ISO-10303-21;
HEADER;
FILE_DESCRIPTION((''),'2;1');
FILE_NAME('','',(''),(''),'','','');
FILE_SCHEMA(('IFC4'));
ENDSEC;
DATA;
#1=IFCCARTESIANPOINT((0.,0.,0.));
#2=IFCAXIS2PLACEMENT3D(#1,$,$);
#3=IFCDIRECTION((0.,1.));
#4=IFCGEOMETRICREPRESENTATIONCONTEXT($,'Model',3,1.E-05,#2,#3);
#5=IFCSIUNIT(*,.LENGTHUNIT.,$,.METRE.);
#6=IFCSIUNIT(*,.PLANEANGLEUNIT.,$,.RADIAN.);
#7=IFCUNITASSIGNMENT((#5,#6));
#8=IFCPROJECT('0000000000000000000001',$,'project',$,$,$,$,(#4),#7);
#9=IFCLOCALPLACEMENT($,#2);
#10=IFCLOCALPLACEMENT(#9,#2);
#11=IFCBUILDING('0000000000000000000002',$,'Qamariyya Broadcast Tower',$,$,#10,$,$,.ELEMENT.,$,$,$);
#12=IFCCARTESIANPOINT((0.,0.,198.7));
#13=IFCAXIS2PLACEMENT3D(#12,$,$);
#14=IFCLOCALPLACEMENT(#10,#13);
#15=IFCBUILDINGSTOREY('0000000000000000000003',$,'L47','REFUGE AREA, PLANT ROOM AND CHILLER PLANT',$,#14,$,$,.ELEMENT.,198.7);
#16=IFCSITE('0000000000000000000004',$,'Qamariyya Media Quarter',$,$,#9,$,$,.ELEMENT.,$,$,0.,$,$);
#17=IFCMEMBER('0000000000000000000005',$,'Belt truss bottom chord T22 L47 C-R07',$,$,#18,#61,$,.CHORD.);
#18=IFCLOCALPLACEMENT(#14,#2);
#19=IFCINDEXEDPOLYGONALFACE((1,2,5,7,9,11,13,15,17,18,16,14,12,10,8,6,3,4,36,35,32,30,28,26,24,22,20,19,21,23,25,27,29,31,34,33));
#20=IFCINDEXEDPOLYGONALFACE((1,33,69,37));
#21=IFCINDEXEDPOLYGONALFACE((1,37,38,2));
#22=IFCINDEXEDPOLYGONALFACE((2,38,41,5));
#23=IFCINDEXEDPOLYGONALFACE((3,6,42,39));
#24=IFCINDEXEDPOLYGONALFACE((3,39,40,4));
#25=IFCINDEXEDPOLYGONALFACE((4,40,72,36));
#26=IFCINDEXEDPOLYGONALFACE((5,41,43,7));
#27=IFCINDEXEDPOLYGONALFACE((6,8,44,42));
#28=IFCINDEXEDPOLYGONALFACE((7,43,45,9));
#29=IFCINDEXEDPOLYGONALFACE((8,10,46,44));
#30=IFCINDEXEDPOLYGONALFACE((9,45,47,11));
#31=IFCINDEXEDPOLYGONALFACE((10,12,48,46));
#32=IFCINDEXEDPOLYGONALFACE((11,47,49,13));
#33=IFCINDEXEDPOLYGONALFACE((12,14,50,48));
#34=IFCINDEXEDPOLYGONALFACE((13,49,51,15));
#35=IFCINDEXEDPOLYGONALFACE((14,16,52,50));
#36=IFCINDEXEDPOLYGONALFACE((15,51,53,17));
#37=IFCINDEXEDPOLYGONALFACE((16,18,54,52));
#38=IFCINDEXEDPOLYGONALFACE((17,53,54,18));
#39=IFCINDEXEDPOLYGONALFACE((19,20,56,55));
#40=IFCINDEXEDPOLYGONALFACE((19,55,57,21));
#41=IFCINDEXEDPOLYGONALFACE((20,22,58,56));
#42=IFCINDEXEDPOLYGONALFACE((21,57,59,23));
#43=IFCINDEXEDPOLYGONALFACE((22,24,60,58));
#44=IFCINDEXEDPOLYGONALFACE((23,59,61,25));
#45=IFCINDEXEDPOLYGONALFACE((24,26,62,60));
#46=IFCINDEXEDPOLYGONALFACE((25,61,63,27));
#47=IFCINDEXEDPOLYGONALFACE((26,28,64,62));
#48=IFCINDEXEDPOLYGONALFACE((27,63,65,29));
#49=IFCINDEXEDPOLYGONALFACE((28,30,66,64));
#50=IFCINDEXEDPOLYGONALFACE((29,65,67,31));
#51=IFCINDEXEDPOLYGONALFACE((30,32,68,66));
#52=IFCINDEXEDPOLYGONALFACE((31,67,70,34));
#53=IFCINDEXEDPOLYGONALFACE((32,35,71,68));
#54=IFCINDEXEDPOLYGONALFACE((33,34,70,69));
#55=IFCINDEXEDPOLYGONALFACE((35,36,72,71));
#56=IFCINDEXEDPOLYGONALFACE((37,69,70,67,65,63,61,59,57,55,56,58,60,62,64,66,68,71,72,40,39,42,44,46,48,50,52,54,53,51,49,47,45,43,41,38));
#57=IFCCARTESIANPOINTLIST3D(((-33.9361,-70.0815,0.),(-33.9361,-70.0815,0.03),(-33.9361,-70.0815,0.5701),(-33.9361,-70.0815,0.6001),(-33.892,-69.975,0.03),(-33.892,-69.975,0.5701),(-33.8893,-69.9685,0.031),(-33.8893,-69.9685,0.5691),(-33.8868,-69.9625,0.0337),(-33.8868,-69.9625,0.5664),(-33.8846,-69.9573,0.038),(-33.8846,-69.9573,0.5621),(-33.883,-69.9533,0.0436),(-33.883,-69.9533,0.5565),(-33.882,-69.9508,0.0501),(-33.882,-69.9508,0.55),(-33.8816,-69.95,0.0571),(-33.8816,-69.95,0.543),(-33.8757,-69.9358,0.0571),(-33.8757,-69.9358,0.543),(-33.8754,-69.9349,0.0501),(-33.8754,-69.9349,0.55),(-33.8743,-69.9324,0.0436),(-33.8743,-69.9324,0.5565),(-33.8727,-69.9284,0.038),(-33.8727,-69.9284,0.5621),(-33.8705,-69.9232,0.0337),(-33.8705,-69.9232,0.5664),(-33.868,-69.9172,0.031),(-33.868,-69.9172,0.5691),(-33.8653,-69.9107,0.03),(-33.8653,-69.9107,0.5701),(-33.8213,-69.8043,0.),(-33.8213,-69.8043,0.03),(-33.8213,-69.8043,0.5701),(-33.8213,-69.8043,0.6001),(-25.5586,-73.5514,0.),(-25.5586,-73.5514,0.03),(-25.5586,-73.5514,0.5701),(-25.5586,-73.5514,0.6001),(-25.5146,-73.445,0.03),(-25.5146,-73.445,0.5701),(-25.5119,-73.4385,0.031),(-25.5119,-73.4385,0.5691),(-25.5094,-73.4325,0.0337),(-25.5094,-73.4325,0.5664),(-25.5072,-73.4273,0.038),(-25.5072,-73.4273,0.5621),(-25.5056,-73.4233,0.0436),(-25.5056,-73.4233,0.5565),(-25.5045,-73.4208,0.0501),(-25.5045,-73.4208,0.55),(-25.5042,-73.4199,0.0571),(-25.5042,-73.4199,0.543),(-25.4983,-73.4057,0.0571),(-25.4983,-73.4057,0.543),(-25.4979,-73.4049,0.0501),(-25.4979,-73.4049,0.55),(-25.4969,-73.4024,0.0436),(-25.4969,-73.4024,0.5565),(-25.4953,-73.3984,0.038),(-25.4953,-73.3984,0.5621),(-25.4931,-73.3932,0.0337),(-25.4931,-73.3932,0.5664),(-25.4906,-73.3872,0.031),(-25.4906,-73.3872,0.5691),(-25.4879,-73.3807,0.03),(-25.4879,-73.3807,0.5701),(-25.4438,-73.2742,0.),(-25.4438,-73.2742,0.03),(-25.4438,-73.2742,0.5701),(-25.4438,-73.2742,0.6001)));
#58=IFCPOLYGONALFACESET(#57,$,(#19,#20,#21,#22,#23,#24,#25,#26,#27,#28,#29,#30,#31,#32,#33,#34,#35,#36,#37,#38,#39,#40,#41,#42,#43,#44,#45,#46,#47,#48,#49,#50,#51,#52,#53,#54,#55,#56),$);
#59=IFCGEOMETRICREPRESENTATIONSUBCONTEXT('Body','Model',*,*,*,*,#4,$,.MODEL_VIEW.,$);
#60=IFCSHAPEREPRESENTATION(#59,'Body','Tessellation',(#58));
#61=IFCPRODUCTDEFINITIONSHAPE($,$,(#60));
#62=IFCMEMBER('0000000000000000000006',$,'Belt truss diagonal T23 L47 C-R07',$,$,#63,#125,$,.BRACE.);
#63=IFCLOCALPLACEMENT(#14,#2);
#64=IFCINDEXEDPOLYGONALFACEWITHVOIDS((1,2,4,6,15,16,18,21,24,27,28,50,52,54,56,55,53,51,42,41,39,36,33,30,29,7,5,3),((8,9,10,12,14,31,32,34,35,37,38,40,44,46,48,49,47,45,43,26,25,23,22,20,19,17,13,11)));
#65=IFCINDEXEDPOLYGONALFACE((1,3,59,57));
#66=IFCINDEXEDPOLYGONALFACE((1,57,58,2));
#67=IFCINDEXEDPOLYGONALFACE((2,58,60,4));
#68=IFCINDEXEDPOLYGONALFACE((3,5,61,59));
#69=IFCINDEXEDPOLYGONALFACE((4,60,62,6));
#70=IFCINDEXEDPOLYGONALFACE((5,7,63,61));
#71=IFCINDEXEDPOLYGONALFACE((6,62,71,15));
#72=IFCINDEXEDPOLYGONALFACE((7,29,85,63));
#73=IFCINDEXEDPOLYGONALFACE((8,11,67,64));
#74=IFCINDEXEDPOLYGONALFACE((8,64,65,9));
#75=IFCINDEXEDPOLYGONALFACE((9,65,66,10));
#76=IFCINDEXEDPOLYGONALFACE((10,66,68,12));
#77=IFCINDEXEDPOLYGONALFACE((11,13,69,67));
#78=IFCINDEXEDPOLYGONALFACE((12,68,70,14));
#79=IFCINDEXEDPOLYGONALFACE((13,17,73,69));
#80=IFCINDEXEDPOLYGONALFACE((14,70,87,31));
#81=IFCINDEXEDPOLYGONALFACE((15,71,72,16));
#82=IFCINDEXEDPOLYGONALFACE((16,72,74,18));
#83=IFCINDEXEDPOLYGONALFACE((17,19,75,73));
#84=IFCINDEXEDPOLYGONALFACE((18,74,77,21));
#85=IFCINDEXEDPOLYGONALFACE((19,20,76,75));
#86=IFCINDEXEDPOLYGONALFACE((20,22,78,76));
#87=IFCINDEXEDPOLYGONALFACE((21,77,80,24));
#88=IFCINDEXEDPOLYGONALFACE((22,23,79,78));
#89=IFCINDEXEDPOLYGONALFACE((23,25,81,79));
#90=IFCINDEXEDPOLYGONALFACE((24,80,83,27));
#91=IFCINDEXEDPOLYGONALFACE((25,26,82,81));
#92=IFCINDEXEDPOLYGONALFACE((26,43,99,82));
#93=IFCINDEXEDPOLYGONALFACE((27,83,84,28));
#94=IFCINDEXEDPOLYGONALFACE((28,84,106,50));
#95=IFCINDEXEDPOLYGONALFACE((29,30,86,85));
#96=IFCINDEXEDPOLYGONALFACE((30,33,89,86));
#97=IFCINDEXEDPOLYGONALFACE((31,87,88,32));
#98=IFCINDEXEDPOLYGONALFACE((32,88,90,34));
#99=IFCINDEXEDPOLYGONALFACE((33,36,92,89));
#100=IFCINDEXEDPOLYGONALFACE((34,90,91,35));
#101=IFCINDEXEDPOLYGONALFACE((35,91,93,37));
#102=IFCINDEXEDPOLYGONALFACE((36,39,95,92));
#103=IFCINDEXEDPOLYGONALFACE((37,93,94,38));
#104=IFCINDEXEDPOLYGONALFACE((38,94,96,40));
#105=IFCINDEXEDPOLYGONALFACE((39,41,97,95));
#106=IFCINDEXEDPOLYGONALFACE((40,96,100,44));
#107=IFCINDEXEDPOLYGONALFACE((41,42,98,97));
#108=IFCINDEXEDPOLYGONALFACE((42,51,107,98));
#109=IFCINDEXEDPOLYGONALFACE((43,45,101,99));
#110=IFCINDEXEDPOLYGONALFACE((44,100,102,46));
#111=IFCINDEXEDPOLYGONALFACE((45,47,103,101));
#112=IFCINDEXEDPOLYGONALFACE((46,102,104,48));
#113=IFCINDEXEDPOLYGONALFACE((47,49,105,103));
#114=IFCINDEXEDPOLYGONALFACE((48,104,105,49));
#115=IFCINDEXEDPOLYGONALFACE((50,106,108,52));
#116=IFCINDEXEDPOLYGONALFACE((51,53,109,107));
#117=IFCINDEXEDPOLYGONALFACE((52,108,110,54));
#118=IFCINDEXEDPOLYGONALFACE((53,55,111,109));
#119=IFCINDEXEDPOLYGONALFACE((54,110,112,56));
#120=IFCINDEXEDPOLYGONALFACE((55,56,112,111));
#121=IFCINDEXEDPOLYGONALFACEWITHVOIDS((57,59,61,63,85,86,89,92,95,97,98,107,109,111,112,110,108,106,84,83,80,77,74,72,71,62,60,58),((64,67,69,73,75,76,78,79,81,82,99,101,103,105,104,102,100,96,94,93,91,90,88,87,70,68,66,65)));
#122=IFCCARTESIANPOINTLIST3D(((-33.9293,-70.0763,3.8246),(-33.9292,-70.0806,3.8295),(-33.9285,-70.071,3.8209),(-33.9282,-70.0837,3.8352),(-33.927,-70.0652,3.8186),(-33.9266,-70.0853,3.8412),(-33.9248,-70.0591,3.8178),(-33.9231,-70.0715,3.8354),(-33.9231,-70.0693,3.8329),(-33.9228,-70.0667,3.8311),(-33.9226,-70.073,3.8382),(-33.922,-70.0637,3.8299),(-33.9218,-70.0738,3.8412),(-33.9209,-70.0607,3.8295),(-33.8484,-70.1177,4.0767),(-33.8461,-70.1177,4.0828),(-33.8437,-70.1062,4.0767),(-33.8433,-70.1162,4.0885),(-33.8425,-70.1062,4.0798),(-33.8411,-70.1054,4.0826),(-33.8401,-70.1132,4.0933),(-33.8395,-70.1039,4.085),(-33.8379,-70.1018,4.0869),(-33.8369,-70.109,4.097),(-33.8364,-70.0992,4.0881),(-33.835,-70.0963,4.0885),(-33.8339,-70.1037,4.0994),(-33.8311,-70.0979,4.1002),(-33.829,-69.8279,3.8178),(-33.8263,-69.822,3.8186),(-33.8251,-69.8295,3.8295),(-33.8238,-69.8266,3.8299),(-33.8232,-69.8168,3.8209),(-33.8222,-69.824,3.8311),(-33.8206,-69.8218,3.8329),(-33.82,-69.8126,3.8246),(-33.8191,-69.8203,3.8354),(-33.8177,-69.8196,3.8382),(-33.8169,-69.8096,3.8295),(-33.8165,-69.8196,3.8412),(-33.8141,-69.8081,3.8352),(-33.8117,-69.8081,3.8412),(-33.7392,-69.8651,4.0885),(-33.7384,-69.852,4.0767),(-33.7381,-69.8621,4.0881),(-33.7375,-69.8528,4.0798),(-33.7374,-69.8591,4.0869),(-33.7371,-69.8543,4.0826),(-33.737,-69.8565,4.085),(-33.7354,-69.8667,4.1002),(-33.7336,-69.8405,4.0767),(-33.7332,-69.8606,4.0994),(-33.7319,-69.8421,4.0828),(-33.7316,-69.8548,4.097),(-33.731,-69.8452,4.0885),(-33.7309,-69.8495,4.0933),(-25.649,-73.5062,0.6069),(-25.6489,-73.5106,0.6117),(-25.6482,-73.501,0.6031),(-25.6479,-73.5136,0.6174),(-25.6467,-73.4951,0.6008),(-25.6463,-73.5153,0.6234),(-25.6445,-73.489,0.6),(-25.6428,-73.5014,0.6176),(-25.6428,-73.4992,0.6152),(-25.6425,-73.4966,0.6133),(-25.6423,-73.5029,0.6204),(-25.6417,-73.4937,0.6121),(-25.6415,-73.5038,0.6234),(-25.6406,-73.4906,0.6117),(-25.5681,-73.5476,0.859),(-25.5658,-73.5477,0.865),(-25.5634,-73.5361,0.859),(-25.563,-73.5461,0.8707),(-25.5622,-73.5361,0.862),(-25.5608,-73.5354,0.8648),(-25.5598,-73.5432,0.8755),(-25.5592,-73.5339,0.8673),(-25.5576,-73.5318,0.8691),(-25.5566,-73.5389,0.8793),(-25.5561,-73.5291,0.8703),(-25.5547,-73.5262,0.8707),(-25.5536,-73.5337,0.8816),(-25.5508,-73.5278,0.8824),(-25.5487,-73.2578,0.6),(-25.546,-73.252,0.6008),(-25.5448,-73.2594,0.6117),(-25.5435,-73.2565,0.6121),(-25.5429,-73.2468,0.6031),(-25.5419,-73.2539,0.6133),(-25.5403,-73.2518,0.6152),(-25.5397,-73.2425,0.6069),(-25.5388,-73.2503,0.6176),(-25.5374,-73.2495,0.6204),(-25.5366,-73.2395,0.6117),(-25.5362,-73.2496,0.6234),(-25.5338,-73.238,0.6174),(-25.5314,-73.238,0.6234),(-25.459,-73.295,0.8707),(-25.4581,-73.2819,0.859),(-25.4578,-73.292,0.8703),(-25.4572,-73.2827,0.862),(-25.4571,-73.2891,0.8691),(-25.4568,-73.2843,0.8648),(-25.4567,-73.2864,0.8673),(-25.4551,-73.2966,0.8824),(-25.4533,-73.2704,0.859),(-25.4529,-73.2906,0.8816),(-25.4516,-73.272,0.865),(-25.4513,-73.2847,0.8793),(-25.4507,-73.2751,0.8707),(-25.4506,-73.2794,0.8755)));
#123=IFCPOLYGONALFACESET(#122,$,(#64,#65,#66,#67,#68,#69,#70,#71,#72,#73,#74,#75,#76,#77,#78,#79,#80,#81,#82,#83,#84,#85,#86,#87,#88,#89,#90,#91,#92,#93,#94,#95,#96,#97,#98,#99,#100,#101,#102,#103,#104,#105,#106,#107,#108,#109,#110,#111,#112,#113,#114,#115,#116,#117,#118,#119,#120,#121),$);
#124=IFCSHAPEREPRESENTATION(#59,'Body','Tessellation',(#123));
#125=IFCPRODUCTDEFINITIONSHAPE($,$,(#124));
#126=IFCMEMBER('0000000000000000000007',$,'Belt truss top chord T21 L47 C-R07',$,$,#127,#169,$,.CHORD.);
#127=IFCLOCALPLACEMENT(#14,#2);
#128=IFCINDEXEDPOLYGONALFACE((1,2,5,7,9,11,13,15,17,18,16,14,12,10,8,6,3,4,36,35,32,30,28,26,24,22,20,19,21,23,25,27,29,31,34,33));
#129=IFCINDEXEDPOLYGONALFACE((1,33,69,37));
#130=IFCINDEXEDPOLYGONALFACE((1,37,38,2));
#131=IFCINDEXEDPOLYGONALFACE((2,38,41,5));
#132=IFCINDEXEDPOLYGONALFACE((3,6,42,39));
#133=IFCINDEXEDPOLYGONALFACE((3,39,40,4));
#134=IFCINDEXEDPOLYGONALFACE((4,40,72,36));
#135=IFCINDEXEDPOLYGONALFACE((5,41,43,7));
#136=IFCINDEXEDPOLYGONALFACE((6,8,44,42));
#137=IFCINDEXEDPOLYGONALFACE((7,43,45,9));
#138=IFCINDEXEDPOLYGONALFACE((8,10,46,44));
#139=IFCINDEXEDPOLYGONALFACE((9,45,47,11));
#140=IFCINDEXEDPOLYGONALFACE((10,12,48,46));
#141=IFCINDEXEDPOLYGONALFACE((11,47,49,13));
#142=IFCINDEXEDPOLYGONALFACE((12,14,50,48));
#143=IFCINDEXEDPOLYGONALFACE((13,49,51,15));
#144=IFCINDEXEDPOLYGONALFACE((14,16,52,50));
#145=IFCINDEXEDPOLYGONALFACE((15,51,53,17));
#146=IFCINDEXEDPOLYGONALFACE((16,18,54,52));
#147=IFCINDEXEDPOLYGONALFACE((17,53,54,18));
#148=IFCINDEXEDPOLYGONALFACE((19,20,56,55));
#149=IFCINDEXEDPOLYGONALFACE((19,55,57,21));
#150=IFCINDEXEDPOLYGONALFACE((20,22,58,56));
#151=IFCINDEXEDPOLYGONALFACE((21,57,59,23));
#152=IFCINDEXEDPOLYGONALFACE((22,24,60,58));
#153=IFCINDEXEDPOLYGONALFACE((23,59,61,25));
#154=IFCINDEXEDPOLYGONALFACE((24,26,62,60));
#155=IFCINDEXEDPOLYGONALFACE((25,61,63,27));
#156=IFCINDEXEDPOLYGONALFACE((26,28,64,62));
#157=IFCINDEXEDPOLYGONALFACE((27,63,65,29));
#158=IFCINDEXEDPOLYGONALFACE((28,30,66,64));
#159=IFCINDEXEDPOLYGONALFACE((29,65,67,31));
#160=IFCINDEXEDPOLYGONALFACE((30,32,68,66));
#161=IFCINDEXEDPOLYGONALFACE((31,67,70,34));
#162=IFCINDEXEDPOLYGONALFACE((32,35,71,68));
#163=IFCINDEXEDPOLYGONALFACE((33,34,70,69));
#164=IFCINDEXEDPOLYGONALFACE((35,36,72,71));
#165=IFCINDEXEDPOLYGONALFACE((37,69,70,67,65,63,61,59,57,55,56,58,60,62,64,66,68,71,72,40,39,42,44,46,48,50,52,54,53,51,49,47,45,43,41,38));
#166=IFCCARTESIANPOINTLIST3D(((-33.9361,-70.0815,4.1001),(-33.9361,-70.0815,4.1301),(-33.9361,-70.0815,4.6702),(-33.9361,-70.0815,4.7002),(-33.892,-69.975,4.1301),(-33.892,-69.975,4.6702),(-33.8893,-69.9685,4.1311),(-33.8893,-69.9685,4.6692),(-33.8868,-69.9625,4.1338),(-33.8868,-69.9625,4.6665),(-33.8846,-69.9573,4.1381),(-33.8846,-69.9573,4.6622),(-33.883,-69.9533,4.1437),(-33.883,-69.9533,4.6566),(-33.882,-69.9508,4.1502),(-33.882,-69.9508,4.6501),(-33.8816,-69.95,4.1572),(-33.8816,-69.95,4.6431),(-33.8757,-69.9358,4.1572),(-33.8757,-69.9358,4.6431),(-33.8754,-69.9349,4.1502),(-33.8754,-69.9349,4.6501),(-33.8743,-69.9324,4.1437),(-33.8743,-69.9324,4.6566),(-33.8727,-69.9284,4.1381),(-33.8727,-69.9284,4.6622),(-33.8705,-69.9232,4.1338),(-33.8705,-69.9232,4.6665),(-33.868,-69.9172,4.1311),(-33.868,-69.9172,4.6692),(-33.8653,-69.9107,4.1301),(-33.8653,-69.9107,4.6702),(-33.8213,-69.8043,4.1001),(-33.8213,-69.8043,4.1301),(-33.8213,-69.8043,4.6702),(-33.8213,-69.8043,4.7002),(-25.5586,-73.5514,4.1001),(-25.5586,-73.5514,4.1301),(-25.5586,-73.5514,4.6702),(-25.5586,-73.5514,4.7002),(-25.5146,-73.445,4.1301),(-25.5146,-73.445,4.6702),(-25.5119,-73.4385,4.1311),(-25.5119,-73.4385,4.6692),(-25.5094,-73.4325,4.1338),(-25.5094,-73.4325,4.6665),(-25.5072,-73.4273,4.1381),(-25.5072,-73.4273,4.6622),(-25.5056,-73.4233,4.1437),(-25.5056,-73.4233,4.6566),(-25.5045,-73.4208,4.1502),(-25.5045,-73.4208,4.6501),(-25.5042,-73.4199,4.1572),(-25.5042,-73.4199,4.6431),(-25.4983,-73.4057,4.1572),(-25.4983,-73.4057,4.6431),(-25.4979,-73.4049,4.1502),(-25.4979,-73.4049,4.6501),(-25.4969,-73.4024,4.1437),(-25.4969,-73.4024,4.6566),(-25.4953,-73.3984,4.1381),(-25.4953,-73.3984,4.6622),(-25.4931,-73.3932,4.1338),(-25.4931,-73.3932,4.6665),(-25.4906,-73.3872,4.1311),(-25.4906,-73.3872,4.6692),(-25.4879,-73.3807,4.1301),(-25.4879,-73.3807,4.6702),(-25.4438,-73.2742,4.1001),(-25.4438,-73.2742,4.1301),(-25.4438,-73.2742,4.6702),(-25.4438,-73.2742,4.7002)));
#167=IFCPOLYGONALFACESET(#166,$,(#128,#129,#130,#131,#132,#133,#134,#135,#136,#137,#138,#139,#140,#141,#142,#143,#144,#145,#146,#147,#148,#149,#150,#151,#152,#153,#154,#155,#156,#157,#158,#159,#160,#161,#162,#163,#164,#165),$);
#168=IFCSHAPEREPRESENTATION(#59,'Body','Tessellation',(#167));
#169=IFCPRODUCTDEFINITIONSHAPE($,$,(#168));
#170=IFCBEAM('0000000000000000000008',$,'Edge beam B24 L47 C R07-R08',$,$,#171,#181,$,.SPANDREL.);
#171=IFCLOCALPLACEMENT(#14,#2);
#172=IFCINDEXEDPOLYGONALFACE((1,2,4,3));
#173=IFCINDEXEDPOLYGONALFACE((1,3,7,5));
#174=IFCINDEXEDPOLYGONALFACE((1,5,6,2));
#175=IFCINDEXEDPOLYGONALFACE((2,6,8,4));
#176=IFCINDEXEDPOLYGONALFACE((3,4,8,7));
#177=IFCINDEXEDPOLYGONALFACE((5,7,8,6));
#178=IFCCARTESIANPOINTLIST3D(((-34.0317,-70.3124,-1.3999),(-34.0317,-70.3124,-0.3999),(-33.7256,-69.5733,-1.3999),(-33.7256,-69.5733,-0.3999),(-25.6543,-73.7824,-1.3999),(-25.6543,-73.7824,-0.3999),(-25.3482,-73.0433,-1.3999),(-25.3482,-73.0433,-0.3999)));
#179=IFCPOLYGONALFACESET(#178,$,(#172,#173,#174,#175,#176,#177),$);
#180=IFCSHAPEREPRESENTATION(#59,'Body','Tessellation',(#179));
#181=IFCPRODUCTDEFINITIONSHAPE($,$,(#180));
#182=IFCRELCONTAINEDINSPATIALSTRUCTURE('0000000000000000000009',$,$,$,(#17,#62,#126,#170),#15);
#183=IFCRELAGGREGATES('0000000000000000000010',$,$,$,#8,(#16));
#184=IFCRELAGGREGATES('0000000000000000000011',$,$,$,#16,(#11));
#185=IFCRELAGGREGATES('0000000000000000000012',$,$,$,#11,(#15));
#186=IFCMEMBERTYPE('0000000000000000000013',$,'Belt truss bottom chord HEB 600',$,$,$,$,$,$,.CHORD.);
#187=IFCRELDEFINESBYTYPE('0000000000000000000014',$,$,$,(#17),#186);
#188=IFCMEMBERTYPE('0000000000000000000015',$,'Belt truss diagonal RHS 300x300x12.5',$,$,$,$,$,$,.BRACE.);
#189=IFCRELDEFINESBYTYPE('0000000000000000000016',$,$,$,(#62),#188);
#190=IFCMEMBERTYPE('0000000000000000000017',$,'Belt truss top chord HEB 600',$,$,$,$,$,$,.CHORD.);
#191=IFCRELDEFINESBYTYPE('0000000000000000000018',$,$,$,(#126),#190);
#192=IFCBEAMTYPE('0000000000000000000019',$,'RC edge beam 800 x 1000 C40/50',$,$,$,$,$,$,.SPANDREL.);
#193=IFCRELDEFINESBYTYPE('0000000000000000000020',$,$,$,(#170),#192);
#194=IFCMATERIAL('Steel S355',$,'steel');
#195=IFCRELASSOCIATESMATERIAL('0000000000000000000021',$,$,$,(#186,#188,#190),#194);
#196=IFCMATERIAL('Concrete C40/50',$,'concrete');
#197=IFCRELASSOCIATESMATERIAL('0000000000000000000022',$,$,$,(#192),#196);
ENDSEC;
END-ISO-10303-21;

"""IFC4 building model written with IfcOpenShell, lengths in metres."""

from ifc_helpers import new_model, si_unit, direction, frame, origin, origin_2d, place, context, subcontext, project, spatial, rectangle, hollow_rectangle, i_section, extrude, material, material_profile, profile_set, type_object, element, save


model = new_model("IFC4")

# Units and contexts
model_context = context("Model", 3, precision=1e-05, world=origin(), true_north=direction((0.0, 1.0)))
body_context = subcontext(model_context, "Body", "Model", "MODEL_VIEW")
ifc_project = project(units=[si_unit("LENGTHUNIT", "METRE"), si_unit("PLANEANGLEUNIT", "RADIAN")], contexts=[model_context])

# Site, building, storey
site_placement = place(None, origin())
site = spatial("IfcSite", under=ifc_project, at=site_placement, Name="Qamariyya Media Quarter", CompositionType="ELEMENT", RefElevation=0.0)
building_placement = place(site_placement, origin())
building = spatial("IfcBuilding", under=site, at=building_placement, Name="Qamariyya Broadcast Tower", CompositionType="ELEMENT")
storey_placement = place(building_placement, frame((0.0, 0.0, 198.7)))
storey = spatial("IfcBuildingStorey", under=building, at=storey_placement, Name="L47", Description="REFUGE AREA, PLANT ROOM AND CHILLER PLANT", CompositionType="ELEMENT", Elevation=198.7)

# Members
ifc_material_1 = material(Name="Steel S355", Category="steel")
ifc_material_profile_1 = material_profile(ifc_material_1, i_section(OverallWidth=0.3, OverallDepth=0.6001, WebThickness=0.0154, FlangeThickness=0.03, FilletRadius=0.0271, at=origin_2d()))
ifc_profile_set_1 = profile_set([ifc_material_profile_1], Name="Steel S355")
member_type_1 = type_object("IfcMemberType", Name="Belt truss bottom chord HEB 600", PredefinedType="CHORD", material=ifc_profile_set_1)
member_1_placement = place(storey_placement, frame((-33.8787, -69.9429, 0.3), z_axis=(0.923883, -0.382676, 0.0), x_axis=(0.382676, 0.923883, 0.0)))
element("IfcMember", 1, at=member_1_placement, inside=storey, type_object=member_type_1, Name="Belt truss bottom chord T22 L47 C-R07", PredefinedType="CHORD", context=body_context, shape_type="SweptSolid", body=[
    extrude(i_section(OverallWidth=0.3, OverallDepth=0.6001, WebThickness=0.0154, FlangeThickness=0.03, FilletRadius=0.0271, at=origin_2d()), origin(), (0.0, 0.0, 1.0), 9.0676),
])
ifc_material_profile_2 = material_profile(ifc_material_1, hollow_rectangle(XDim=0.3, YDim=0.3, WallThickness=0.0125, InnerFilletRadius=0.0125, OuterFilletRadius=0.0249, at=origin_2d()))
ifc_profile_set_2 = profile_set([ifc_material_profile_2], Name="Steel S355")
member_type_2 = type_object("IfcMemberType", Name="Belt truss diagonal RHS 300x300x12.5", PredefinedType="BRACE", material=ifc_profile_set_2)
member_2_placement = place(storey_placement, frame((-33.8301, -69.9629, 3.959), z_axis=(0.869532, -0.360186, -0.337906), x_axis=(0.382696, 0.923874, 0.0)))
element("IfcMember", 2, at=member_2_placement, inside=storey, type_object=member_type_2, Name="Belt truss diagonal T23 L47 C-R07", PredefinedType="BRACE", context=body_context, shape_type="SweptSolid", body=[
    extrude(hollow_rectangle(XDim=0.3, YDim=0.3, WallThickness=0.0125, InnerFilletRadius=0.0125, OuterFilletRadius=0.0249, at=origin_2d()), origin(), (0.0, 0.0, 1.0), 9.5227),
])
ifc_material_profile_3 = material_profile(ifc_material_1, i_section(OverallWidth=0.3, OverallDepth=0.6001, WebThickness=0.0154, FlangeThickness=0.03, FilletRadius=0.0271, at=origin_2d()))
ifc_profile_set_3 = profile_set([ifc_material_profile_3], Name="Steel S355")
member_type_3 = type_object("IfcMemberType", Name="Belt truss top chord HEB 600", PredefinedType="CHORD", material=ifc_profile_set_3)
member_3_placement = place(storey_placement, frame((-33.8787, -69.9429, 4.4001), z_axis=(0.923883, -0.382676, 0.0), x_axis=(0.382676, 0.923883, 0.0)))
element("IfcMember", 3, at=member_3_placement, inside=storey, type_object=member_type_3, Name="Belt truss top chord T21 L47 C-R07", PredefinedType="CHORD", context=body_context, shape_type="SweptSolid", body=[
    extrude(i_section(OverallWidth=0.3, OverallDepth=0.6001, WebThickness=0.0154, FlangeThickness=0.03, FilletRadius=0.0271, at=origin_2d()), origin(), (0.0, 0.0, 1.0), 9.0676),
])

# Beam
ifc_material_2 = material(Name="Concrete C40/50", Category="concrete")
ifc_material_profile_4 = material_profile(ifc_material_2, rectangle(XDim=0.8, YDim=1.0, at=origin_2d()))
ifc_profile_set_4 = profile_set([ifc_material_profile_4], Name="Concrete C40/50")
beam_type = type_object("IfcBeamType", Name="RC edge beam 800 x 1000 C40/50", PredefinedType="SPANDREL", material=ifc_profile_set_4)
beam_placement = place(storey_placement, frame((-33.8787, -69.9429, -0.8999), z_axis=(0.923883, -0.382676, 0.0), x_axis=(0.382676, 0.923883, 0.0)))
element("IfcBeam", 4, at=beam_placement, inside=storey, type_object=beam_type, Name="Edge beam B24 L47 C R07-R08", PredefinedType="SPANDREL", context=body_context, shape_type="SweptSolid", body=[
    extrude(rectangle(XDim=0.8, YDim=1.0, at=origin_2d()), origin(), (0.0, 0.0, 1.0), 9.0676),
])

save(model, "model.ifc")
